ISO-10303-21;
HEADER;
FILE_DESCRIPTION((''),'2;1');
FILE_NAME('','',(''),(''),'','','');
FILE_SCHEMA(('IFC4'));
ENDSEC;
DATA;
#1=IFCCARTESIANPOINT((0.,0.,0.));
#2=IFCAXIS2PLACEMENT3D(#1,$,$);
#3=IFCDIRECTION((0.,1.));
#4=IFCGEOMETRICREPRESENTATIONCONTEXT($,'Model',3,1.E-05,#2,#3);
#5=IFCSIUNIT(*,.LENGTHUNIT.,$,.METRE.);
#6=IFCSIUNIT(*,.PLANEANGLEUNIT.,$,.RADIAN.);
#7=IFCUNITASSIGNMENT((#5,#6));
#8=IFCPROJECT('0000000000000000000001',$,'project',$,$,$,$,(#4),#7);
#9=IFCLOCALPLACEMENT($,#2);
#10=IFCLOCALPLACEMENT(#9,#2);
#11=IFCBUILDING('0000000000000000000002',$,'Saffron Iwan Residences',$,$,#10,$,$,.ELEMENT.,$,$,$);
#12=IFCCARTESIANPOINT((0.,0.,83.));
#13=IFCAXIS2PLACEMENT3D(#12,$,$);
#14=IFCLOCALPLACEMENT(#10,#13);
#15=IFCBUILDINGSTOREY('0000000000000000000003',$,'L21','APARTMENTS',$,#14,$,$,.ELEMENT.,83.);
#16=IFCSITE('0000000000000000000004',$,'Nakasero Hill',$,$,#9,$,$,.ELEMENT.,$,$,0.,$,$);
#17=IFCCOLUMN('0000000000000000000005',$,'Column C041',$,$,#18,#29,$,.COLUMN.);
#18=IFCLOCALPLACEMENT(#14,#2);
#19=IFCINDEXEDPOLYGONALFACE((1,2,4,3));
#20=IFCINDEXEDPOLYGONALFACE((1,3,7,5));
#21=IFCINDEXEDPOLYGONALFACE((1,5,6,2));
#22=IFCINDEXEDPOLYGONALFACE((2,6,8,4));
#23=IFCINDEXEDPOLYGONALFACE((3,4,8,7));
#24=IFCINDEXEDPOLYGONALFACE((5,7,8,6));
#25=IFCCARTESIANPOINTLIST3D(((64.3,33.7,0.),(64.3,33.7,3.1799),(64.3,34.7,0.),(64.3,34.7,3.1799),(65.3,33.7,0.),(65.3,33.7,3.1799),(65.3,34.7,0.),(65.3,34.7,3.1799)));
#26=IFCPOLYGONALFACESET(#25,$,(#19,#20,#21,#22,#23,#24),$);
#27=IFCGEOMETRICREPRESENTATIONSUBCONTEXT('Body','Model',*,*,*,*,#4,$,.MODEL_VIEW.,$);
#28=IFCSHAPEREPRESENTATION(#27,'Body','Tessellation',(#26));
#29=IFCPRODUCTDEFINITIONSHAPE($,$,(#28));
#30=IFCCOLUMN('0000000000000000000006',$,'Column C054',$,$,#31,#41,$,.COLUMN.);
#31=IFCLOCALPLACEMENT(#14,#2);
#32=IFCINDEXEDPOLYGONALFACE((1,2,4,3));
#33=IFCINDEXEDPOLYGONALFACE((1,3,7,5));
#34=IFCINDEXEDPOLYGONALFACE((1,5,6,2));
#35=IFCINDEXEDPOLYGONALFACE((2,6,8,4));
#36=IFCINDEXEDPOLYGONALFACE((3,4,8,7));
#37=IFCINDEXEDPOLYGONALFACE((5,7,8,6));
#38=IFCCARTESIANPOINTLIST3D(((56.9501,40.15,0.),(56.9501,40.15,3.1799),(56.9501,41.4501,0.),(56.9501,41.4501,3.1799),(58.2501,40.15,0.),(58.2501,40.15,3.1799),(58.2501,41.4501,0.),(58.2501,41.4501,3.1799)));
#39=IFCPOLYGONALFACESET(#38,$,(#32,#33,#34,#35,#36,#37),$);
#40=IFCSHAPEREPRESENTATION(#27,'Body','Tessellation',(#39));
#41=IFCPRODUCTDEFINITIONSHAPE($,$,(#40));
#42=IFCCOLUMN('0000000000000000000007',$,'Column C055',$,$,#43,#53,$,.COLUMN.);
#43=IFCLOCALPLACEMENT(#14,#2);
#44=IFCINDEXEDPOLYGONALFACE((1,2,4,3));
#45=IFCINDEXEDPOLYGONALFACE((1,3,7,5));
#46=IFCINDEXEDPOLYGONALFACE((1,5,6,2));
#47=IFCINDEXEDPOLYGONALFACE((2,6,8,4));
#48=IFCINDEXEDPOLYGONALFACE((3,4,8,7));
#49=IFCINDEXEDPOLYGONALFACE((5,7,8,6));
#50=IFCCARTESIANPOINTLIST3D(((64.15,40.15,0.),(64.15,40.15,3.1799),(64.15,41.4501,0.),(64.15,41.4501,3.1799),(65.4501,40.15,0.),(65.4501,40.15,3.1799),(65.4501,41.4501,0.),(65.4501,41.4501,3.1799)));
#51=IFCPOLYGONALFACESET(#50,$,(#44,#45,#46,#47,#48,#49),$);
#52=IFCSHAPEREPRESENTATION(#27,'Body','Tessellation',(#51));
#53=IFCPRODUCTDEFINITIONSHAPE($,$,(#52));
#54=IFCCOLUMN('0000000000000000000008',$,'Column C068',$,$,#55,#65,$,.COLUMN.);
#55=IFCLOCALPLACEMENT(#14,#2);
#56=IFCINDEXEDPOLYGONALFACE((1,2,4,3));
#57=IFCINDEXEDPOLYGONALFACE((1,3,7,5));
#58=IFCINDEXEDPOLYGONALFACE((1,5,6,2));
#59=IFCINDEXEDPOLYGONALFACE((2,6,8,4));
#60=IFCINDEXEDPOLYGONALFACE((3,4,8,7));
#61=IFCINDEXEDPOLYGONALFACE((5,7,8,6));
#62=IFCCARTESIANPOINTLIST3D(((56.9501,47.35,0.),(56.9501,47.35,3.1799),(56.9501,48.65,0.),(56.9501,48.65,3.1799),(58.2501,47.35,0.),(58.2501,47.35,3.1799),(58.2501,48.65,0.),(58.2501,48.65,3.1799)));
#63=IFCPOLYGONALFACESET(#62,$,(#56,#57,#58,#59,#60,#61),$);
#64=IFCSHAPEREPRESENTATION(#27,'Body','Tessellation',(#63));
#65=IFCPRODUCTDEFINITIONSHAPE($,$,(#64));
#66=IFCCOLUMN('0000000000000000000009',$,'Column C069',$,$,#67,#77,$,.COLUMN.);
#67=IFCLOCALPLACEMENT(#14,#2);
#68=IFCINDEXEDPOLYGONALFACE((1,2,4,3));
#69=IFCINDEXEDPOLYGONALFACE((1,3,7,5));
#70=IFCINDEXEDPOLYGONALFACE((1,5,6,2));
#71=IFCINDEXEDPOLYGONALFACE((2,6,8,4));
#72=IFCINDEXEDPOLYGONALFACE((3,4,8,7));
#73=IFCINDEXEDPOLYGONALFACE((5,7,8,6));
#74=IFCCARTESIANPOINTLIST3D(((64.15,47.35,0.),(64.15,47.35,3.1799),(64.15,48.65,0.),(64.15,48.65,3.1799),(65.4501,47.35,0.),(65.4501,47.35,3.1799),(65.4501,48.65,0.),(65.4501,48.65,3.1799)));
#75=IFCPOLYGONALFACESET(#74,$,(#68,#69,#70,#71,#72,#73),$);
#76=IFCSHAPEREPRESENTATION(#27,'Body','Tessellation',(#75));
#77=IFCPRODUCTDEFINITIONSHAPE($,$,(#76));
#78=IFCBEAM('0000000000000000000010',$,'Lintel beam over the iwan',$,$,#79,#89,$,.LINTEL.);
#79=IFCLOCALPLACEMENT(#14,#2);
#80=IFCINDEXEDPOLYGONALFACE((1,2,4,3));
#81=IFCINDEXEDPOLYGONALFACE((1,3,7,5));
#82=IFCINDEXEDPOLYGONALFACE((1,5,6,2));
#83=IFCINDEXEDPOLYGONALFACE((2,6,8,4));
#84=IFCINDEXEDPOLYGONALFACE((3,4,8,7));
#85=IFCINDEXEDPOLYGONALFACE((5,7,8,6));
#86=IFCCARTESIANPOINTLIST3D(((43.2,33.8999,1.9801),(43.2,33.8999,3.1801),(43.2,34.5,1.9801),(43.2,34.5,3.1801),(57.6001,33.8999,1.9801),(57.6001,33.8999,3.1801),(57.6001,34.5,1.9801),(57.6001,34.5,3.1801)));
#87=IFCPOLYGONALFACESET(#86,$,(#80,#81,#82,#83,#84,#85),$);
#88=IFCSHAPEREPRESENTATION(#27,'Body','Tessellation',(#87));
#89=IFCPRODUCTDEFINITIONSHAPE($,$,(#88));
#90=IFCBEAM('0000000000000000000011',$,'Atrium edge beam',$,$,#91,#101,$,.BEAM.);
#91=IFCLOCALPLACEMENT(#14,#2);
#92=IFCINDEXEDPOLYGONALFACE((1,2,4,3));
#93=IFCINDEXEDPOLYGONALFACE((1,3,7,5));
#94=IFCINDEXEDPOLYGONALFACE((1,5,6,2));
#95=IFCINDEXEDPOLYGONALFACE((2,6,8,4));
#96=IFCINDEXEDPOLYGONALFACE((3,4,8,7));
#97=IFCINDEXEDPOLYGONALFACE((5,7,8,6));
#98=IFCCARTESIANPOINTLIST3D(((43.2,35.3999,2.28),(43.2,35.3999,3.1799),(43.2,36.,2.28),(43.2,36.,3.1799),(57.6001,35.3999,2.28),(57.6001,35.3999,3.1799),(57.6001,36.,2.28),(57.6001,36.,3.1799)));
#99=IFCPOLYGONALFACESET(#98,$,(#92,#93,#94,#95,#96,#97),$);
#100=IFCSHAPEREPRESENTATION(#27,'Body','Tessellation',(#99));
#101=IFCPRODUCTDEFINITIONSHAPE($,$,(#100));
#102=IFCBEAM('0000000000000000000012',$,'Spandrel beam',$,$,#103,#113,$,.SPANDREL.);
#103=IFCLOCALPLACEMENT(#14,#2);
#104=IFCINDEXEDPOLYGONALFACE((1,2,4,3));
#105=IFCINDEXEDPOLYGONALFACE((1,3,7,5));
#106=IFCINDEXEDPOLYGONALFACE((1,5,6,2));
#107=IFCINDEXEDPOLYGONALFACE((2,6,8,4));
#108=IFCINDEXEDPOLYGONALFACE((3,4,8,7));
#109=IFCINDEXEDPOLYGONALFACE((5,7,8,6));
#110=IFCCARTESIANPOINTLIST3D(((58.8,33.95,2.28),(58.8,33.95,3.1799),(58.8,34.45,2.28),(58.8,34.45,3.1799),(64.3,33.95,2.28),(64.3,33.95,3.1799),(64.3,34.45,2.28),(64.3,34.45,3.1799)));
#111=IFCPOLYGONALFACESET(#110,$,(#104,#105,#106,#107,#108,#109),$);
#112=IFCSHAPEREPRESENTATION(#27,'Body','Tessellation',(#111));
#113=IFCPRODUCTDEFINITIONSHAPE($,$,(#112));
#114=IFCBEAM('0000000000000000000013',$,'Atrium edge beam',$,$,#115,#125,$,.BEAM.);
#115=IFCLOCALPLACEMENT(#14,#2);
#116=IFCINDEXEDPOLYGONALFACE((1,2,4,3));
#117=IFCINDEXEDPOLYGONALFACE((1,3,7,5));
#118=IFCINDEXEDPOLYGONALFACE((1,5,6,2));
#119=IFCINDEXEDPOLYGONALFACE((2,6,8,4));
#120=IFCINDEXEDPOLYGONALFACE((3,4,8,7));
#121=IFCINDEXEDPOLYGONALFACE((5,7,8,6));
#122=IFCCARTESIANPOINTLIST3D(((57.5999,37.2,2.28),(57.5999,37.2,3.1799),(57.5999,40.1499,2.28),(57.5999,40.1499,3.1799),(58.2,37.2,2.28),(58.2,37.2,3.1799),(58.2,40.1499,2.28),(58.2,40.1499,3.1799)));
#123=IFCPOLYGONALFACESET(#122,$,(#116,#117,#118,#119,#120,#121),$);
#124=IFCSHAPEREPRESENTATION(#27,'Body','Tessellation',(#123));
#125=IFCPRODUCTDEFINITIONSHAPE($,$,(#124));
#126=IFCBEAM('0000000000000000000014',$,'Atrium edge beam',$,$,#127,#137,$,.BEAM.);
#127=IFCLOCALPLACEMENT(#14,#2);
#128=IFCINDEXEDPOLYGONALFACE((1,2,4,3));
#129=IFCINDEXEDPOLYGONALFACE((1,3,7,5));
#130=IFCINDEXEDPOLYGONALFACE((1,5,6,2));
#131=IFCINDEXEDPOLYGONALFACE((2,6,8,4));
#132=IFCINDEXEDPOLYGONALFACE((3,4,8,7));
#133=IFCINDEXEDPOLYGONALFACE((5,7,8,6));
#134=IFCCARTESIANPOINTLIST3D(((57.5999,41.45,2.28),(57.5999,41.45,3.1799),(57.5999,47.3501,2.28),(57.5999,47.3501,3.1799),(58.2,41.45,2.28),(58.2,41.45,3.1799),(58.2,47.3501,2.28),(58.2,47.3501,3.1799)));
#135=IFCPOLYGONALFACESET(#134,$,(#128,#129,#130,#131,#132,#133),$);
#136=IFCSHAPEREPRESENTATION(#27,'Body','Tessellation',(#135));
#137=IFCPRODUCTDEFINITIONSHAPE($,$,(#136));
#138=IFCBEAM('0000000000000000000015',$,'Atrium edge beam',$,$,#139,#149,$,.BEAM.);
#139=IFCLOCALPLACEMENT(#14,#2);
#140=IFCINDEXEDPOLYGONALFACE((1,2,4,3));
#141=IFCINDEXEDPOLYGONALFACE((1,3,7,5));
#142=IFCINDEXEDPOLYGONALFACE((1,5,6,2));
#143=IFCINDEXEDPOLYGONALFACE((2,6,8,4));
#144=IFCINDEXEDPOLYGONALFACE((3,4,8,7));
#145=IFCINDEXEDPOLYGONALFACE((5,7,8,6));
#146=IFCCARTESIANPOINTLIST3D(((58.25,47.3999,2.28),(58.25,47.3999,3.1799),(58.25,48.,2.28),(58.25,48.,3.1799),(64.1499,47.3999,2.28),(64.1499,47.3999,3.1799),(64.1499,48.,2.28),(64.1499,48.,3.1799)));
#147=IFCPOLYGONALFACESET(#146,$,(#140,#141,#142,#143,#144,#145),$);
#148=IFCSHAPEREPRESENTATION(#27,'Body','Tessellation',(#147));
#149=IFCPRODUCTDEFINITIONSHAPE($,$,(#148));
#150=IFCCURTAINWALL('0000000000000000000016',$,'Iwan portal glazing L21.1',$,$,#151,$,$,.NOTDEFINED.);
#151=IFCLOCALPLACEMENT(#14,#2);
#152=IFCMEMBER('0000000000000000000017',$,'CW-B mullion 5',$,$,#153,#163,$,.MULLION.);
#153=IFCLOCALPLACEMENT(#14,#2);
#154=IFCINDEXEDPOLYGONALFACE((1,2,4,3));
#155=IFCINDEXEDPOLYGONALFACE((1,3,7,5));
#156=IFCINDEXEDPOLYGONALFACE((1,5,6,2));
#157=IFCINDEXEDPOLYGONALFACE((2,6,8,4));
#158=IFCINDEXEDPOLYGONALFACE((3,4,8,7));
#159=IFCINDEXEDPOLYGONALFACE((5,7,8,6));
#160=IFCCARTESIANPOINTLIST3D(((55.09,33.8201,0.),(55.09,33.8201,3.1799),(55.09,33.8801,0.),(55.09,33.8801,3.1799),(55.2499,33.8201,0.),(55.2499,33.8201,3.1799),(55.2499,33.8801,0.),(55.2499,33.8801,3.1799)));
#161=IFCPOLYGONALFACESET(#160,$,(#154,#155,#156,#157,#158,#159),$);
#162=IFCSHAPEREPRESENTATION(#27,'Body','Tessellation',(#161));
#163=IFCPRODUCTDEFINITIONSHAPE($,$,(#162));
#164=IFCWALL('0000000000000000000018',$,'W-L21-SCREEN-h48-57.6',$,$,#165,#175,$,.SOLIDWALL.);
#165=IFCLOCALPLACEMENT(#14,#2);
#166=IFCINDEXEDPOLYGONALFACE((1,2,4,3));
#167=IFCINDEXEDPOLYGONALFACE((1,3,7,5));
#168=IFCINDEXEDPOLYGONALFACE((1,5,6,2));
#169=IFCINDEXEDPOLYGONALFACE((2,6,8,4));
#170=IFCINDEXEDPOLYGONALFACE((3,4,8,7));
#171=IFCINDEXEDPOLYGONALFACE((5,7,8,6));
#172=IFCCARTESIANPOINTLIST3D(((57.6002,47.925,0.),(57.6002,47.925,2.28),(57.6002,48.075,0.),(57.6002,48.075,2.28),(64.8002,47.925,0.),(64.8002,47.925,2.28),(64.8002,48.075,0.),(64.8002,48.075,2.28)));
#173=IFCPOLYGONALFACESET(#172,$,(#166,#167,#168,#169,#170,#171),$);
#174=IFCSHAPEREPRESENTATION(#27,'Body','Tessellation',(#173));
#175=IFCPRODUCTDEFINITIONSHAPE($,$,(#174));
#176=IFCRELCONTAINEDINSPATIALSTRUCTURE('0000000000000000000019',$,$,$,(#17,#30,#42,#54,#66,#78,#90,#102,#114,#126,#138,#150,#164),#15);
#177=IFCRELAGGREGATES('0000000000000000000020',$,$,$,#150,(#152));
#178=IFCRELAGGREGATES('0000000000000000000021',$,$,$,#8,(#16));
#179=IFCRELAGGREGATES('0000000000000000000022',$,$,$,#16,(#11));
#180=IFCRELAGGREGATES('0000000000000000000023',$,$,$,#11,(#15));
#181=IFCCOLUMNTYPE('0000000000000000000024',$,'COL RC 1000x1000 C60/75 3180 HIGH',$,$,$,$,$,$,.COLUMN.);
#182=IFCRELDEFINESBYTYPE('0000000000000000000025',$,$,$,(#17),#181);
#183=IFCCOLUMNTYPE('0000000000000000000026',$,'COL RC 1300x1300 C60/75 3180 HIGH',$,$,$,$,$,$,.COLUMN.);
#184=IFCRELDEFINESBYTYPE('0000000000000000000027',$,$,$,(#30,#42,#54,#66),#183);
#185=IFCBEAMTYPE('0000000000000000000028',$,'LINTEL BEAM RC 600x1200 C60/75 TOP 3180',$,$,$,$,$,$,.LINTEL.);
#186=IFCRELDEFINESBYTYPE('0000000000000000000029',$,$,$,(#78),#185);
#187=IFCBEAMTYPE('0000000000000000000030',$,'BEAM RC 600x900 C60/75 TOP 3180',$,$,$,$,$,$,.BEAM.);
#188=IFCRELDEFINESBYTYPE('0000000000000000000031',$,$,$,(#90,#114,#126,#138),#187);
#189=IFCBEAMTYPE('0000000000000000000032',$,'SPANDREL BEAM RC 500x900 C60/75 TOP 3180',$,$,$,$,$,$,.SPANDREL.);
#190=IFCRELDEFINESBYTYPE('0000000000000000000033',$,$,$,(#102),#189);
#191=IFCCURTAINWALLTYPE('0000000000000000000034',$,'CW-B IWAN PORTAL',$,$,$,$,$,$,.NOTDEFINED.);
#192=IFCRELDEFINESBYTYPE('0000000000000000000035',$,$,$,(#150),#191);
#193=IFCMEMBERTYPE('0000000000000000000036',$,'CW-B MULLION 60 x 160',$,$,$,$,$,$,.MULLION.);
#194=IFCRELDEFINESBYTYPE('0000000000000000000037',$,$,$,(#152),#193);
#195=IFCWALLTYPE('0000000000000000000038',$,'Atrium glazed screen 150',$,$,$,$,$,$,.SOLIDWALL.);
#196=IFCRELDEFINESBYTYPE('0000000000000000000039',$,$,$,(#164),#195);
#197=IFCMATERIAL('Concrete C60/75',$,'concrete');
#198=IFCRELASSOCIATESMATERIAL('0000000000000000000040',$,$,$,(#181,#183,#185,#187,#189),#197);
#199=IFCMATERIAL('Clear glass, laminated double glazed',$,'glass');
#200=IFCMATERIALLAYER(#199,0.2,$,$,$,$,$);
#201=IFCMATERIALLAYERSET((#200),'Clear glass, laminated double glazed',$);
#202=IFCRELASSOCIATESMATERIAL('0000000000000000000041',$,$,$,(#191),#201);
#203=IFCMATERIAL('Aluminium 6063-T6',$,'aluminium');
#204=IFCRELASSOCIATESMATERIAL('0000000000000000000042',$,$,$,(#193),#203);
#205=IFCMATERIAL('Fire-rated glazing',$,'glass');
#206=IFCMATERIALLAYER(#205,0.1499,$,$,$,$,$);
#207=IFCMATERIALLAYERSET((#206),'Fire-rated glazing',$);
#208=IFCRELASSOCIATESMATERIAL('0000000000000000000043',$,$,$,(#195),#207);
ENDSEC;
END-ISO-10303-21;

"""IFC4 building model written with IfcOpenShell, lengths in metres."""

from ifc_helpers import new_model, si_unit, direction, frame, frame_2d, origin, origin_2d, place, context, subcontext, project, spatial, rectangle, extrude, source, transform, mapped, material, layer, layer_set, material_profile, profile_set, type_object, element, aggregate, save


model = new_model("IFC4")

# Units and contexts
model_context = context("Model", 3, precision=1e-05, world=origin(), true_north=direction((0.0, 1.0)))
body_context = subcontext(model_context, "Body", "Model", "MODEL_VIEW")
ifc_project = project(units=[si_unit("LENGTHUNIT", "METRE"), si_unit("PLANEANGLEUNIT", "RADIAN")], contexts=[model_context])

# Site, building, storey
site_placement = place(None, origin())
site = spatial("IfcSite", under=ifc_project, at=site_placement, Name="Nakasero Hill", CompositionType="ELEMENT", RefElevation=0.0)
building_placement = place(site_placement, origin())
building = spatial("IfcBuilding", under=site, at=building_placement, Name="Saffron Iwan Residences", CompositionType="ELEMENT")
storey_placement = place(building_placement, frame((0.0, 0.0, 83.0)))
storey = spatial("IfcBuildingStorey", under=building, at=storey_placement, Name="L21", Description="APARTMENTS", CompositionType="ELEMENT", Elevation=83.0)

# Columns
ifc_material_1 = material(Name="Concrete C60/75", Category="concrete")
ifc_material_profile_1 = material_profile(ifc_material_1, rectangle(XDim=1.0, YDim=1.0, at=origin_2d()), Name="RC 1000x1000")
ifc_profile_set_1 = profile_set([ifc_material_profile_1], Name="Concrete C60/75")
column_type_1 = type_object("IfcColumnType", Name="COL RC 1000x1000 C60/75 3180 HIGH", PredefinedType="COLUMN", material=ifc_profile_set_1)
shared_shape_1 = source(origin(), body_context, "Body", "SweptSolid", [
    extrude(rectangle(XDim=1.0, YDim=1.0, at=origin_2d()), origin(), (0.0, 0.0, 1.0), 3.1799),
])
column_placement = place(storey_placement, frame((64.8, 34.2, 0.0), z_axis=(0.0, 0.0, 1.0), x_axis=(1.0, 0.0, 0.0)))
element("IfcColumn", 1, at=column_placement, inside=storey, type_object=column_type_1, Name="Column C041", PredefinedType="COLUMN", context=body_context, shape_type="MappedRepresentation", body=[
    mapped(shared_shape_1, transform((0.0, 0.0, 0.0))),
])
ifc_material_profile_2 = material_profile(ifc_material_1, rectangle(XDim=1.3, YDim=1.3, at=origin_2d()), Name="RC 1300x1300")
ifc_profile_set_2 = profile_set([ifc_material_profile_2], Name="Concrete C60/75")
column_type_2 = type_object("IfcColumnType", Name="COL RC 1300x1300 C60/75 3180 HIGH", PredefinedType="COLUMN", material=ifc_profile_set_2)
shared_shape_2 = source(origin(), body_context, "Body", "SweptSolid", [
    extrude(rectangle(XDim=1.3, YDim=1.3, at=origin_2d()), origin(), (0.0, 0.0, 1.0), 3.1799),
])
for number, where, z_axis, x_axis, name in (
    (2, (57.6001, 40.8, 0.0), (0.0, 0.0, 1.0), (1.0, 0.0, 0.0), "Column C054"),
    (3, (64.8, 40.8, 0.0), (0.0, 0.0, 1.0), (1.0, 0.0, 0.0), "Column C055"),
    (4, (57.6001, 48.0, 0.0), (0.0, 0.0, 1.0), (1.0, 0.0, 0.0), "Column C068"),
    (5, (64.8, 48.0, 0.0), (0.0, 0.0, 1.0), (1.0, 0.0, 0.0), "Column C069"),
):
    element("IfcColumn", number, at=place(storey_placement, frame(where, z_axis=z_axis, x_axis=x_axis)), inside=storey, type_object=column_type_2, Name=name, PredefinedType="COLUMN", context=body_context, shape_type="MappedRepresentation", body=[
        mapped(shared_shape_2, transform((0.0, 0.0, 0.0))),
    ])

# Beams
ifc_material_profile_3 = material_profile(ifc_material_1, rectangle(XDim=0.6001, YDim=1.2, at=origin_2d()), Name="RC 600x1200")
ifc_profile_set_3 = profile_set([ifc_material_profile_3], Name="Concrete C60/75")
beam_type_1 = type_object("IfcBeamType", Name="LINTEL BEAM RC 600x1200 C60/75 TOP 3180", PredefinedType="LINTEL", material=ifc_profile_set_3)
shared_shape_3 = source(origin(), body_context, "Body", "SweptSolid", [
    extrude(rectangle(XDim=0.6001, YDim=1.2, at=origin_2d()), origin(), (0.0, 0.0, 1.0), 14.4001),
])
beam_1_placement = place(storey_placement, frame((57.6001, 34.2, 2.5801), z_axis=(-1.0, 0.0, 0.0), x_axis=(0.0, -1.0, 0.0)))
element("IfcBeam", 6, at=beam_1_placement, inside=storey, type_object=beam_type_1, Name="Lintel beam over the iwan", PredefinedType="LINTEL", context=body_context, shape_type="MappedRepresentation", body=[
    mapped(shared_shape_3, transform((0.0, 0.0, 0.0))),
])
ifc_material_profile_4 = material_profile(ifc_material_1, rectangle(XDim=0.6001, YDim=0.8999, at=origin_2d()), Name="RC 600x900")
ifc_profile_set_4 = profile_set([ifc_material_profile_4], Name="Concrete C60/75")
beam_type_2 = type_object("IfcBeamType", Name="BEAM RC 600x900 C60/75 TOP 3180", PredefinedType="BEAM", material=ifc_profile_set_4)
shared_shape_4 = source(origin(), body_context, "Body", "SweptSolid", [
    extrude(rectangle(XDim=0.6001, YDim=0.8999, at=origin_2d()), origin(), (0.0, 0.0, 1.0), 14.4001),
])
beam_2_placement = place(storey_placement, frame((57.6001, 35.7, 2.73), z_axis=(-1.0, 0.0, 0.0), x_axis=(0.0, -1.0, 0.0)))
element("IfcBeam", 7, at=beam_2_placement, inside=storey, type_object=beam_type_2, Name="Atrium edge beam", PredefinedType="BEAM", context=body_context, shape_type="MappedRepresentation", body=[
    mapped(shared_shape_4, transform((0.0, 0.0, 0.0))),
])
ifc_material_profile_5 = material_profile(ifc_material_1, rectangle(XDim=0.5, YDim=0.8999, at=origin_2d()), Name="RC 500x900")
ifc_profile_set_5 = profile_set([ifc_material_profile_5], Name="Concrete C60/75")
beam_type_3 = type_object("IfcBeamType", Name="SPANDREL BEAM RC 500x900 C60/75 TOP 3180", PredefinedType="SPANDREL", material=ifc_profile_set_5)
shared_shape_5 = source(origin(), body_context, "Body", "SweptSolid", [
    extrude(rectangle(XDim=0.5, YDim=0.8999, at=origin_2d()), origin(), (0.0, 0.0, 1.0), 5.5),
])
beam_3_placement = place(storey_placement, frame((64.3, 34.2, 2.73), z_axis=(-1.0, 0.0, 0.0), x_axis=(0.0, -1.0, 0.0)))
element("IfcBeam", 8, at=beam_3_placement, inside=storey, type_object=beam_type_3, Name="Spandrel beam", PredefinedType="SPANDREL", context=body_context, shape_type="MappedRepresentation", body=[
    mapped(shared_shape_5, transform((0.0, 0.0, 0.0))),
])
shared_shape_6 = source(origin(), body_context, "Body", "SweptSolid", [
    extrude(rectangle(XDim=0.6001, YDim=0.8999, at=origin_2d()), origin(), (0.0, 0.0, 1.0), 2.95),
])
beam_4_placement = place(storey_placement, frame((57.8999, 40.1499, 2.73), z_axis=(0.0, -1.0, 0.0), x_axis=(1.0, 0.0, 0.0)))
element("IfcBeam", 9, at=beam_4_placement, inside=storey, type_object=beam_type_2, Name="Atrium edge beam", PredefinedType="BEAM", context=body_context, shape_type="MappedRepresentation", body=[
    mapped(shared_shape_6, transform((0.0, 0.0, 0.0))),
])
shared_shape_7 = source(origin(), body_context, "Body", "SweptSolid", [
    extrude(rectangle(XDim=0.6001, YDim=0.8999, at=origin_2d()), origin(), (0.0, 0.0, 1.0), 5.9001),
])
beam_5_placement = place(storey_placement, frame((57.8999, 47.3501, 2.73), z_axis=(0.0, -1.0, 0.0), x_axis=(1.0, 0.0, 0.0)))
element("IfcBeam", 10, at=beam_5_placement, inside=storey, type_object=beam_type_2, Name="Atrium edge beam", PredefinedType="BEAM", context=body_context, shape_type="MappedRepresentation", body=[
    mapped(shared_shape_7, transform((0.0, 0.0, 0.0))),
])
shared_shape_8 = source(origin(), body_context, "Body", "SweptSolid", [
    extrude(rectangle(XDim=0.6001, YDim=0.8999, at=origin_2d()), origin(), (0.0, 0.0, 1.0), 5.8999),
])
beam_6_placement = place(storey_placement, frame((64.1499, 47.7, 2.73), z_axis=(-1.0, 0.0, 0.0), x_axis=(0.0, -1.0, 0.0)))
element("IfcBeam", 11, at=beam_6_placement, inside=storey, type_object=beam_type_2, Name="Atrium edge beam", PredefinedType="BEAM", context=body_context, shape_type="MappedRepresentation", body=[
    mapped(shared_shape_8, transform((0.0, 0.0, 0.0))),
])

# Curtain wall, member
ifc_material_2 = material(Name="Clear glass, laminated double glazed", Category="glass")
ifc_layer_1 = layer(ifc_material_2, 0.2)
ifc_layer_set_1 = layer_set([ifc_layer_1], Name="Clear glass, laminated double glazed")
curtain_wall_type = type_object("IfcCurtainWallType", Name="CW-B IWAN PORTAL", PredefinedType="NOTDEFINED", material=ifc_layer_set_1)
curtain_wall_placement = place(storey_placement, origin())
curtain_wall = element("IfcCurtainWall", 12, at=curtain_wall_placement, inside=storey, type_object=curtain_wall_type, Name="Iwan portal glazing L21.1", PredefinedType="NOTDEFINED")
ifc_material_3 = material(Name="Aluminium 6063-T6", Category="aluminium")
ifc_material_profile_6 = material_profile(ifc_material_3, rectangle(XDim=0.0601, YDim=0.1599, at=origin_2d()), Name="CW-B MULLION 60 x 160")
ifc_profile_set_6 = profile_set([ifc_material_profile_6], Name="Aluminium 6063-T6")
member_type = type_object("IfcMemberType", Name="CW-B MULLION 60 x 160", PredefinedType="MULLION", material=ifc_profile_set_6)
shared_shape_9 = source(origin(), body_context, "Body", "SweptSolid", [
    extrude(rectangle(XDim=0.0601, YDim=0.1599, at=origin_2d()), origin(), (0.0, 0.0, 1.0), 3.1799),
])
member_placement = place(storey_placement, frame((55.1699, 33.8501, 0.0), z_axis=(0.0, 0.0, 1.0), x_axis=(0.0, 1.0, 0.0)))
member = element("IfcMember", 13, at=member_placement, type_object=member_type, Name="CW-B mullion 5", PredefinedType="MULLION", context=body_context, shape_type="MappedRepresentation", body=[
    mapped(shared_shape_9, transform((0.0, 0.0, 0.0))),
])
aggregate(curtain_wall, [member])

# Wall
ifc_material_4 = material(Name="Fire-rated glazing", Category="glass")
ifc_layer_2 = layer(ifc_material_4, 0.1499)
ifc_layer_set_2 = layer_set([ifc_layer_2], Name="Fire-rated glazing")
wall_type_1 = type_object("IfcWallType", Name="Atrium glazed screen 150", PredefinedType="SOLIDWALL", material=ifc_layer_set_2)
wall_1_placement = place(storey_placement, frame((57.6001, 48.0, 0.0), z_axis=(0.0, 0.0, 1.0), x_axis=(1.0, 0.0, 0.0)))
element("IfcWall", 14, at=wall_1_placement, inside=storey, type_object=wall_type_1, Name="W-L21-SCREEN-h48-57.6", PredefinedType="SOLIDWALL", context=body_context, shape_type="SweptSolid", body=[
    extrude(rectangle(XDim=7.2, YDim=0.1499, at=frame_2d((3.6001, 0.0))), origin(), (0.0, 0.0, 1.0), 2.28),
])

save(model, "model.ifc")
